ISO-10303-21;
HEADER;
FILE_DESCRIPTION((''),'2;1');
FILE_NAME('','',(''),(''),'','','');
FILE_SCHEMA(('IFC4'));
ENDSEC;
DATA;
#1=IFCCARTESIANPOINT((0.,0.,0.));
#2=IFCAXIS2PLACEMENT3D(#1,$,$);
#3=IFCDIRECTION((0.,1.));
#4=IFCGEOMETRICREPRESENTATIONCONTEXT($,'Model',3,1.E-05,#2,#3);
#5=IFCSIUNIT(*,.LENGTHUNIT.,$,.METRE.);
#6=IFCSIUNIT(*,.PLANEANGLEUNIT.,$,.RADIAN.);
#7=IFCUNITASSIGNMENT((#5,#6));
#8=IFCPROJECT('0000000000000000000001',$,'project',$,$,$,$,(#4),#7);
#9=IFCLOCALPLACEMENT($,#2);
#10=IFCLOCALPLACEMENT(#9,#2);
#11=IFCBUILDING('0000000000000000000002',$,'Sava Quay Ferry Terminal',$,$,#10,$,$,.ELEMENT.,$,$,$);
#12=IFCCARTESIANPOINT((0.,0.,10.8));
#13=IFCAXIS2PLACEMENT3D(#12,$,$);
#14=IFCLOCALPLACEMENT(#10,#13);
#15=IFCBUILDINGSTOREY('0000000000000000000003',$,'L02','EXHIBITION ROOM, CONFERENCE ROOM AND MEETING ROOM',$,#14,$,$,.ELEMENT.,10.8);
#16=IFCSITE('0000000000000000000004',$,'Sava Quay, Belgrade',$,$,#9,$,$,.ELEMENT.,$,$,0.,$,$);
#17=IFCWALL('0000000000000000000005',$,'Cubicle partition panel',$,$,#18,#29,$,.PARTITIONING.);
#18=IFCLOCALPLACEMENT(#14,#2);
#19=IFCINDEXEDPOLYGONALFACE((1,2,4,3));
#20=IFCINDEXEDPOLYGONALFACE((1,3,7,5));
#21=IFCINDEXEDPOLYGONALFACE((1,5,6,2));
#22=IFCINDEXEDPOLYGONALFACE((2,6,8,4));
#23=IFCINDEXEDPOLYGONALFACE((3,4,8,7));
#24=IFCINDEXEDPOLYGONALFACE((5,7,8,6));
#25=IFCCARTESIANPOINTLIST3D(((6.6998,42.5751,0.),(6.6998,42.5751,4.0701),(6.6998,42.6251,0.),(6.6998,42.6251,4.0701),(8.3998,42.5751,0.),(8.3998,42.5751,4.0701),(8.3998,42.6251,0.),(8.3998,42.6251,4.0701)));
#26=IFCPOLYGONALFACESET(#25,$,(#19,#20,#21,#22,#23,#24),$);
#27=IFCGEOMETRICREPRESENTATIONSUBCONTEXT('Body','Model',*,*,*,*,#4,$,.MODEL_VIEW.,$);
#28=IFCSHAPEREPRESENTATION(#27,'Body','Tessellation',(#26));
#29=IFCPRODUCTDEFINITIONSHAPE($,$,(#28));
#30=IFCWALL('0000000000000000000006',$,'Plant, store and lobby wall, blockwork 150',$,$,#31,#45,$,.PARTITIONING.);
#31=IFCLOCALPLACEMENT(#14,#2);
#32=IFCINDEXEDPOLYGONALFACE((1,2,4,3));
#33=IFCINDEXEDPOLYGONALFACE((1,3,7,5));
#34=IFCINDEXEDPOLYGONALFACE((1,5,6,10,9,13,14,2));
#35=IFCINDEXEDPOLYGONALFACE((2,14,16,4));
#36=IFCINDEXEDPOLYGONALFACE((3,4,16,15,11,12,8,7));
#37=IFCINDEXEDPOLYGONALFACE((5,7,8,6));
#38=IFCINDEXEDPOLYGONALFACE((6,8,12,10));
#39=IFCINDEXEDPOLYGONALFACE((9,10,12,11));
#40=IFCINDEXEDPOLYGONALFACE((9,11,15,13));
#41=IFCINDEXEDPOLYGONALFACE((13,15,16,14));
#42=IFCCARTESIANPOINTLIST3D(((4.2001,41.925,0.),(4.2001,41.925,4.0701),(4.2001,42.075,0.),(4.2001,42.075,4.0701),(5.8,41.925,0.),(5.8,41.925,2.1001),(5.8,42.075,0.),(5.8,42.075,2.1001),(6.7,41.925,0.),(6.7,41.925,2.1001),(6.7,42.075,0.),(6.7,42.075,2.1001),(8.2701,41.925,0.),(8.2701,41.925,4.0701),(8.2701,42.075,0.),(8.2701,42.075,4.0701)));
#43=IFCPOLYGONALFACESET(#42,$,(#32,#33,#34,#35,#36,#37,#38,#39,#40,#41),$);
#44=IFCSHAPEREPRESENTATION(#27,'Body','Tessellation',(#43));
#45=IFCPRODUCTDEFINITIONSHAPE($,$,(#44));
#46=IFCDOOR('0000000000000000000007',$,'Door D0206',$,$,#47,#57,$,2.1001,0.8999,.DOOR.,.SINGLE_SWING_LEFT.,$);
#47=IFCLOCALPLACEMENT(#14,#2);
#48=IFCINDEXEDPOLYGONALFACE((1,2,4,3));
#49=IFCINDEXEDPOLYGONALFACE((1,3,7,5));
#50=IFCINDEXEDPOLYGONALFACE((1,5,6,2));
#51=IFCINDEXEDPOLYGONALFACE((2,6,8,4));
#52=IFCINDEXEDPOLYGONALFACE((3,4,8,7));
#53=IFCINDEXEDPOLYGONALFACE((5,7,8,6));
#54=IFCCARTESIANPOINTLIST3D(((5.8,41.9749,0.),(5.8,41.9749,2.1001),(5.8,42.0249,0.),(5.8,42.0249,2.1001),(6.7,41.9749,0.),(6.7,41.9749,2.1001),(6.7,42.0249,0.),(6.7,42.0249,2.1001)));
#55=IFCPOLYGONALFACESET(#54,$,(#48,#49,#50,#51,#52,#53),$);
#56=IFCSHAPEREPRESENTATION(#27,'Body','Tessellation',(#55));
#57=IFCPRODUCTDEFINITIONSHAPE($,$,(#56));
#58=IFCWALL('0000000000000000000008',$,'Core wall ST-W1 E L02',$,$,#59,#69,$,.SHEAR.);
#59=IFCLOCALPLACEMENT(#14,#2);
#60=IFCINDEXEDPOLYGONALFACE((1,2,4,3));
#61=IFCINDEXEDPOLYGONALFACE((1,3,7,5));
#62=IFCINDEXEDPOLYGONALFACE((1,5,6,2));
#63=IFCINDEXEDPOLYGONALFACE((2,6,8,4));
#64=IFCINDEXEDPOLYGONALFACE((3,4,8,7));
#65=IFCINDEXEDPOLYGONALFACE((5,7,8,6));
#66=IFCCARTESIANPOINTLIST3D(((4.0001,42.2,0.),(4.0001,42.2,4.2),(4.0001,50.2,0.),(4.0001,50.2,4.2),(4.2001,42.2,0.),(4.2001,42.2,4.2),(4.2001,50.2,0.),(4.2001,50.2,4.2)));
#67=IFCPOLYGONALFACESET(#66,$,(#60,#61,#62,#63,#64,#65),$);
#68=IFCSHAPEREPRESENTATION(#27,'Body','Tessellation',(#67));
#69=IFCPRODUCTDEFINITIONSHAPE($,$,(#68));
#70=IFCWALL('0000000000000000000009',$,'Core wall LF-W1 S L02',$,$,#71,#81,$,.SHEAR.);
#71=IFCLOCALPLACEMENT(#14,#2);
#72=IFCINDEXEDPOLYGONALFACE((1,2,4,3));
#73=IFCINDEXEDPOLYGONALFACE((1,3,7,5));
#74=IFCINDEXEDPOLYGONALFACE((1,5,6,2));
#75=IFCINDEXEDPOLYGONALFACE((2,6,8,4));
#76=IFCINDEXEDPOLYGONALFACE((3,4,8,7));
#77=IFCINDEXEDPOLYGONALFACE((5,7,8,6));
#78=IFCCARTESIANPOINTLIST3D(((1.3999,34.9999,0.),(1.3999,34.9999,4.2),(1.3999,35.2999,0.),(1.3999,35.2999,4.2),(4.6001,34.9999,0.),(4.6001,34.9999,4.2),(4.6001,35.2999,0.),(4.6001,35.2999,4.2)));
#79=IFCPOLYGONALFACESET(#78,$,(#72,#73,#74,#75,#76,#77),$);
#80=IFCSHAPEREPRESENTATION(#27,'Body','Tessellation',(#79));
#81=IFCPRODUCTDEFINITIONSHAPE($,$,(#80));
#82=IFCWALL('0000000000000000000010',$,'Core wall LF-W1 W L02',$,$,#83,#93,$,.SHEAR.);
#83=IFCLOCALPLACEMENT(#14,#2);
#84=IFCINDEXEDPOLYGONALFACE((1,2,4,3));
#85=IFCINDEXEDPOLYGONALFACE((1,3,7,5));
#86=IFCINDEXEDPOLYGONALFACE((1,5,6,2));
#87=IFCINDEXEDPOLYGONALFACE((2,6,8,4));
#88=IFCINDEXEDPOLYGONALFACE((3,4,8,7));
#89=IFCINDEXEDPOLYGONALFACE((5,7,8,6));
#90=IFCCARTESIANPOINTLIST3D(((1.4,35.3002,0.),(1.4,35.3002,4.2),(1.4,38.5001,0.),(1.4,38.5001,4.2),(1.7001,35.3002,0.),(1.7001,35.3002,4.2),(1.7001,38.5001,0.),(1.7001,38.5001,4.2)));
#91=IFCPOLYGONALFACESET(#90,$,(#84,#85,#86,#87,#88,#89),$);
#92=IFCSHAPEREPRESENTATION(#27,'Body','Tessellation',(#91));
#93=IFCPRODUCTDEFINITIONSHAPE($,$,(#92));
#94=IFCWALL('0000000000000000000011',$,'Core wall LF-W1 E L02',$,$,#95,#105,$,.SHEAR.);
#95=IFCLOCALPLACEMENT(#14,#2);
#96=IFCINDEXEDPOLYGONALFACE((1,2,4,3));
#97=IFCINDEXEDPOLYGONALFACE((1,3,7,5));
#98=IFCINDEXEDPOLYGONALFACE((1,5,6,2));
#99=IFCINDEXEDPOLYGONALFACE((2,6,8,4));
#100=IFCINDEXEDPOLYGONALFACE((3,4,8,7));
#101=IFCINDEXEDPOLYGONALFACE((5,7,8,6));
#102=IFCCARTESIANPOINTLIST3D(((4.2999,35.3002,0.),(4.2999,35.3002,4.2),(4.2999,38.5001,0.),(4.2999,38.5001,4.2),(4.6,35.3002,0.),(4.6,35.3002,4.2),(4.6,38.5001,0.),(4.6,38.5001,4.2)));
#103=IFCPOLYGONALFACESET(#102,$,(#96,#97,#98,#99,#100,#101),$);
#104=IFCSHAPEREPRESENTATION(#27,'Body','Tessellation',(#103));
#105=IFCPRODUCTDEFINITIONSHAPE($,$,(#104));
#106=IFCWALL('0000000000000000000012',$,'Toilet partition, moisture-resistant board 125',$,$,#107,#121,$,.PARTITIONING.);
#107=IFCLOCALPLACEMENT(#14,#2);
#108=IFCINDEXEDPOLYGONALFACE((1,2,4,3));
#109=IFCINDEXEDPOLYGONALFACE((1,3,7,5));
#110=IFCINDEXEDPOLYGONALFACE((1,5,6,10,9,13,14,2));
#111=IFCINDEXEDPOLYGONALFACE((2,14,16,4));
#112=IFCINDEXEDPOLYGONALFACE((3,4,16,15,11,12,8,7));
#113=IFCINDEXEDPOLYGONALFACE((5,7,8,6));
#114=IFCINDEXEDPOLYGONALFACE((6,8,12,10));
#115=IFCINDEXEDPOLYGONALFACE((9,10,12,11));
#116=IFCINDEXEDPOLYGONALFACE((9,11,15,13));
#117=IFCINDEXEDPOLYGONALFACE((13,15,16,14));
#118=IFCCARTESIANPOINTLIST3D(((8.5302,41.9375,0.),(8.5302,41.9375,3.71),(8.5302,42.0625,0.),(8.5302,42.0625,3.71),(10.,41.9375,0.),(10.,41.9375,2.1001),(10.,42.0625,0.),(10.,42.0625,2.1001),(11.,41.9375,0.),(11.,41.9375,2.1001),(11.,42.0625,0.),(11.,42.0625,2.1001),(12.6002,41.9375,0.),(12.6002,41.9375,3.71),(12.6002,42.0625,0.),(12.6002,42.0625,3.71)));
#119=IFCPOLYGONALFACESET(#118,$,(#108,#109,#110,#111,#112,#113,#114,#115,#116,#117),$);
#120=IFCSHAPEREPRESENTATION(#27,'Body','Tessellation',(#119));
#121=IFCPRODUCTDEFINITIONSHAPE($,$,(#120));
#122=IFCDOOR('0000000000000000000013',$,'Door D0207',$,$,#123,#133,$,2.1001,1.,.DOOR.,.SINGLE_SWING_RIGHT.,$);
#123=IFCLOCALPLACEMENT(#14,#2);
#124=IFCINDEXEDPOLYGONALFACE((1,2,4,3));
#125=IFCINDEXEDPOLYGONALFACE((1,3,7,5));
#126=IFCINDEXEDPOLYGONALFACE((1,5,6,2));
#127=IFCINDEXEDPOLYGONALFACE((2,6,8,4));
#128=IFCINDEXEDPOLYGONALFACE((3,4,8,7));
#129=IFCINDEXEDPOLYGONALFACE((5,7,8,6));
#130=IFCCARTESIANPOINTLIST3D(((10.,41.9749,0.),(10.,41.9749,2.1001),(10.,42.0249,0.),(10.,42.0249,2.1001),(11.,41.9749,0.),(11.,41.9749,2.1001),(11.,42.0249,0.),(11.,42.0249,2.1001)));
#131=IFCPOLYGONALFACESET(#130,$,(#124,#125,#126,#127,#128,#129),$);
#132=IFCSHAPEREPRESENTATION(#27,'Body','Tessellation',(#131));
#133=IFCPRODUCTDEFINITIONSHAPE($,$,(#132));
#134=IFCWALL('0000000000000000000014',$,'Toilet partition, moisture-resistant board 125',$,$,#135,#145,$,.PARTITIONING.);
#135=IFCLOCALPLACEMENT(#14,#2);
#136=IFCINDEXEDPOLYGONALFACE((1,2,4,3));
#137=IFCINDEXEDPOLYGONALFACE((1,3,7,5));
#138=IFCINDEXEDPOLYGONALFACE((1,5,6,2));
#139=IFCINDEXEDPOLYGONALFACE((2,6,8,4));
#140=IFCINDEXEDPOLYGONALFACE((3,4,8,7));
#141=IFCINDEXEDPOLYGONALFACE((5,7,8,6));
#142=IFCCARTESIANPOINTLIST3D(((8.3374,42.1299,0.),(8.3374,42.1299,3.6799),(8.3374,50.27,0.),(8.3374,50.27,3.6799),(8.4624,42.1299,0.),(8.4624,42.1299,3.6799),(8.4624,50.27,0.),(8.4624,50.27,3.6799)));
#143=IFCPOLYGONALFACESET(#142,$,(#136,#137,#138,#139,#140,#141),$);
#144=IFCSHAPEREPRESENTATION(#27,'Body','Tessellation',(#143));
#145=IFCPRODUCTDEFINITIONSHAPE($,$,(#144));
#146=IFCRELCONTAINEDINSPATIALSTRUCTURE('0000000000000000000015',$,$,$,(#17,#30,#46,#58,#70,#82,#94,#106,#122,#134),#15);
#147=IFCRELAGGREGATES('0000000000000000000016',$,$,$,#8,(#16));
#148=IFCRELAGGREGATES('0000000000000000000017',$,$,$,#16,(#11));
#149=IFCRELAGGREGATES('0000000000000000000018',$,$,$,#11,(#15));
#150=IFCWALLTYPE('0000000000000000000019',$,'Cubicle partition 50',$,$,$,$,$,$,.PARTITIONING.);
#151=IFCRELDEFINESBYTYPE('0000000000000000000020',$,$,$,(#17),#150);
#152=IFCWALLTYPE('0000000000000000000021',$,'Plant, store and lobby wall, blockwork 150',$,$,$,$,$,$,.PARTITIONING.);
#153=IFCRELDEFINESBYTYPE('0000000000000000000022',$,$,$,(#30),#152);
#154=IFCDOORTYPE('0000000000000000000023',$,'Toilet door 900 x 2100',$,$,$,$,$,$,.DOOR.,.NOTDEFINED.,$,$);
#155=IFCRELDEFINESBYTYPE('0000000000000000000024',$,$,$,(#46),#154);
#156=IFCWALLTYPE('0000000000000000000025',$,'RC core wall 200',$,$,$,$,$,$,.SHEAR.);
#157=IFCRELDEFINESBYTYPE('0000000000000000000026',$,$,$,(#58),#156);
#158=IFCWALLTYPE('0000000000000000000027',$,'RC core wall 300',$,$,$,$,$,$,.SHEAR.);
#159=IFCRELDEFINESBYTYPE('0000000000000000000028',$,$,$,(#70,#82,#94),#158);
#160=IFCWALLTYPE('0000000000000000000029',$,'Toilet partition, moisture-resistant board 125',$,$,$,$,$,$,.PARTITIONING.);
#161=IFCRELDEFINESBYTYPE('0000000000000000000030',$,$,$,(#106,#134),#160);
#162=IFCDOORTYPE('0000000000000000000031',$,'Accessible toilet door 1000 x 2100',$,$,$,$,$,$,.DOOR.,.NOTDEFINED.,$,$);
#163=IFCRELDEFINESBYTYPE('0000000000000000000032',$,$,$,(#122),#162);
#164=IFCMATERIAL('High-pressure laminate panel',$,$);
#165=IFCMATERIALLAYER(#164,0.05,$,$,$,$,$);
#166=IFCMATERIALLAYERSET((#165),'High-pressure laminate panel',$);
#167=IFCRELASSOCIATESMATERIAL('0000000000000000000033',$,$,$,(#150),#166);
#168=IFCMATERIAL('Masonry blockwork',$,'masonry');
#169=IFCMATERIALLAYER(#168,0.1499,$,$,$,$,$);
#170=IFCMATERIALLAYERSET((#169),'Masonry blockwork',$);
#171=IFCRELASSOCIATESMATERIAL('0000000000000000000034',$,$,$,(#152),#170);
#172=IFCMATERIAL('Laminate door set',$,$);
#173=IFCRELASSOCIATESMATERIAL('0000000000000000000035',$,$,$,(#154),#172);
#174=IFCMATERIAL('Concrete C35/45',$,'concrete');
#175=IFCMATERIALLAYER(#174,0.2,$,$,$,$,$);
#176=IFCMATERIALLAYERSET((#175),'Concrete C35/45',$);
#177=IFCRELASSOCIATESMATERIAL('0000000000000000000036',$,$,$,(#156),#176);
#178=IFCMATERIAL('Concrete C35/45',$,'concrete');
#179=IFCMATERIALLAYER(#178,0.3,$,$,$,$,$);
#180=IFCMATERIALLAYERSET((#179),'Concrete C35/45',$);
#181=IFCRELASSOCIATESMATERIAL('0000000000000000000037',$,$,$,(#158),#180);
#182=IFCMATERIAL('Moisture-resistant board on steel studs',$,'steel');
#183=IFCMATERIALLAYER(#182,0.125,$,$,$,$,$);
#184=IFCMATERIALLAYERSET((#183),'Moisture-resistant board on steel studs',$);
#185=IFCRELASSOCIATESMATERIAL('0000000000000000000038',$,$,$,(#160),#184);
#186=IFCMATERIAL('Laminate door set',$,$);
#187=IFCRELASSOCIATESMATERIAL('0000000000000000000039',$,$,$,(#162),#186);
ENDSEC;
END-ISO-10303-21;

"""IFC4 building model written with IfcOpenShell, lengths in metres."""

from ifc_helpers import new_model, si_unit, direction, frame, frame_2d, origin, place, context, subcontext, project, spatial, rectangle, extrude, material, layer, layer_set, type_object, element, fill, save


model = new_model("IFC4")

# Units and contexts
model_context = context("Model", 3, precision=1e-05, world=origin(), true_north=direction((0.0, 1.0)))
body_context = subcontext(model_context, "Body", "Model", "MODEL_VIEW")
ifc_project = project(units=[si_unit("LENGTHUNIT", "METRE"), si_unit("PLANEANGLEUNIT", "RADIAN")], contexts=[model_context])

# Site, building, storey
site_placement = place(None, origin())
site = spatial("IfcSite", under=ifc_project, at=site_placement, Name="Sava Quay, Belgrade", CompositionType="ELEMENT", RefElevation=0.0)
building_placement = place(site_placement, origin())
building = spatial("IfcBuilding", under=site, at=building_placement, Name="Sava Quay Ferry Terminal", CompositionType="ELEMENT")
storey_placement = place(building_placement, frame((0.0, 0.0, 10.8)))
storey = spatial("IfcBuildingStorey", under=building, at=storey_placement, Name="L02", Description="EXHIBITION ROOM, CONFERENCE ROOM AND MEETING ROOM", CompositionType="ELEMENT", Elevation=10.8)

# Shared definitions
ifc_material_1 = material(Name="High-pressure laminate panel")
ifc_layer_1 = layer(ifc_material_1, 0.05)
ifc_layer_set_1 = layer_set([ifc_layer_1], Name="High-pressure laminate panel")
wall_type_1 = type_object("IfcWallType", Name="Cubicle partition 50", PredefinedType="PARTITIONING", material=ifc_layer_set_1)

# Wall
wall_1_placement = place(storey_placement, frame((8.3999, 42.6001, 0.0), z_axis=(0.0, 0.0, 1.0), x_axis=(-1.0, 0.0, 0.0)))
element("IfcWall", 1, at=wall_1_placement, inside=storey, type_object=wall_type_1, Name="Cubicle partition panel", PredefinedType="PARTITIONING", context=body_context, shape_type="SweptSolid", body=[
    extrude(rectangle(XDim=1.7, YDim=0.05, at=frame_2d((0.8501, 0.0))), origin(), (0.0, 0.0, 1.0), 4.0701),
])

# Wall, opening, door
ifc_material_2 = material(Name="Masonry blockwork", Category="masonry")
ifc_layer_2 = layer(ifc_material_2, 0.1499)
ifc_layer_set_2 = layer_set([ifc_layer_2], Name="Masonry blockwork")
wall_type_2 = type_object("IfcWallType", Name="Plant, store and lobby wall, blockwork 150", PredefinedType="PARTITIONING", material=ifc_layer_set_2)
wall_2_placement = place(storey_placement, frame((4.2, 42.0, 0.0), z_axis=(0.0, 0.0, 1.0), x_axis=(1.0, 0.0, 0.0)))
wall_2 = element("IfcWall", 2, at=wall_2_placement, inside=storey, type_object=wall_type_2, Name="Plant, store and lobby wall, blockwork 150", PredefinedType="PARTITIONING", context=body_context, shape_type="SweptSolid", body=[
    extrude(rectangle(XDim=4.0701, YDim=0.1499, at=frame_2d((2.0352, 0.0))), origin(), (0.0, 0.0, 1.0), 4.0701),
])
opening_1_placement = place(wall_2_placement, frame((1.6001, 0.0, 0.0)))
opening_1 = element("IfcOpeningElement", 3, at=opening_1_placement, cuts=wall_2, PredefinedType="OPENING", context=body_context, shape_type="SweptSolid", body=[
    extrude(rectangle(XDim=0.8999, YDim=2.1001, at=frame_2d((0.45, 1.05))), frame((0.0, 0.075, 0.0), z_axis=(0.0, -1.0, 0.0), x_axis=(1.0, 0.0, 0.0)), (0.0, 0.0, 1.0), 0.1499),
])
ifc_material_3 = material(Name="Laminate door set")
door_type_1 = type_object("IfcDoorType", Name="Toilet door 900 x 2100", OperationType="NOTDEFINED", PredefinedType="DOOR", material=ifc_material_3)
door_1_placement = place(opening_1_placement, origin())
door_1 = element("IfcDoor", 4, at=door_1_placement, inside=storey, type_object=door_type_1, Name="Door D0206", OperationType="SINGLE_SWING_LEFT", OverallHeight=2.1001, OverallWidth=0.8999, PredefinedType="DOOR", context=body_context, shape_type="SweptSolid", body=[
    extrude(rectangle(XDim=0.8999, YDim=2.1001, at=frame_2d((0.45, 1.05))), frame((0.0, 0.0249, 0.0), z_axis=(0.0, -1.0, 0.0), x_axis=(1.0, 0.0, 0.0)), (0.0, 0.0, 1.0), 0.05),
])
fill(opening_1, door_1)

# Walls
ifc_material_4 = material(Name="Concrete C35/45", Category="concrete")
ifc_layer_3 = layer(ifc_material_4, 0.2)
ifc_layer_set_3 = layer_set([ifc_layer_3], Name="Concrete C35/45")
wall_type_3 = type_object("IfcWallType", Name="RC core wall 200", PredefinedType="SHEAR", material=ifc_layer_set_3)
wall_3_placement = place(storey_placement, frame((4.1001, 42.2, 0.0), z_axis=(0.0, 0.0, 1.0), x_axis=(0.0, 1.0, 0.0)))
element("IfcWall", 5, at=wall_3_placement, inside=storey, type_object=wall_type_3, Name="Core wall ST-W1 E L02", PredefinedType="SHEAR", context=body_context, shape_type="SweptSolid", body=[
    extrude(rectangle(XDim=8.0, YDim=0.2, at=frame_2d((4.0, 0.0))), origin(), (0.0, 0.0, 1.0), 4.2),
])
ifc_material_5 = material(Name="Concrete C35/45", Category="concrete")
ifc_layer_4 = layer(ifc_material_5, 0.3)
ifc_layer_set_4 = layer_set([ifc_layer_4], Name="Concrete C35/45")
wall_type_4 = type_object("IfcWallType", Name="RC core wall 300", PredefinedType="SHEAR", material=ifc_layer_set_4)
wall_4_placement = place(storey_placement, frame((1.3999, 35.1499, 0.0), z_axis=(0.0, 0.0, 1.0), x_axis=(1.0, 0.0, 0.0)))
element("IfcWall", 6, at=wall_4_placement, inside=storey, type_object=wall_type_4, Name="Core wall LF-W1 S L02", PredefinedType="SHEAR", context=body_context, shape_type="SweptSolid", body=[
    extrude(rectangle(XDim=3.2002, YDim=0.3, at=frame_2d((1.6001, 0.0))), origin(), (0.0, 0.0, 1.0), 4.2),
])

# Walls
for number, where, z_axis, x_axis, name in (
    (7, (1.55, 35.3, 0.0), (0.0, 0.0, 1.0), (0.0, 1.0, 0.0), "Core wall LF-W1 W L02"),
    (8, (4.45, 35.3, 0.0), (0.0, 0.0, 1.0), (0.0, 1.0, 0.0), "Core wall LF-W1 E L02"),
):
    element("IfcWall", number, at=place(storey_placement, frame(where, z_axis=z_axis, x_axis=x_axis)), inside=storey, type_object=wall_type_4, Name=name, PredefinedType="SHEAR", context=body_context, shape_type="SweptSolid", body=[
        extrude(rectangle(XDim=3.2, YDim=0.3, at=frame_2d((1.6001, 0.0))), origin(), (0.0, 0.0, 1.0), 4.2),
    ])

# Wall, opening, door
ifc_material_6 = material(Name="Moisture-resistant board on steel studs", Category="steel")
ifc_layer_5 = layer(ifc_material_6, 0.125)
ifc_layer_set_5 = layer_set([ifc_layer_5], Name="Moisture-resistant board on steel studs")
wall_type_5 = type_object("IfcWallType", Name="Toilet partition, moisture-resistant board 125", PredefinedType="PARTITIONING", material=ifc_layer_set_5)
wall_5_placement = place(storey_placement, frame((8.53, 42.0, 0.0), z_axis=(0.0, 0.0, 1.0), x_axis=(1.0, 0.0, 0.0)))
wall_5 = element("IfcWall", 9, at=wall_5_placement, inside=storey, type_object=wall_type_5, Name="Toilet partition, moisture-resistant board 125", PredefinedType="PARTITIONING", context=body_context, shape_type="SweptSolid", body=[
    extrude(rectangle(XDim=4.0701, YDim=0.125, at=frame_2d((2.0352, 0.0))), origin(), (0.0, 0.0, 1.0), 3.71),
])
opening_2_placement = place(wall_5_placement, frame((1.47, 0.0, 0.0)))
opening_2 = element("IfcOpeningElement", 10, at=opening_2_placement, cuts=wall_5, PredefinedType="OPENING", context=body_context, shape_type="SweptSolid", body=[
    extrude(rectangle(XDim=1.0, YDim=2.1001, at=frame_2d((0.5, 1.05))), frame((0.0, 0.0625, 0.0), z_axis=(0.0, -1.0, 0.0), x_axis=(1.0, 0.0, 0.0)), (0.0, 0.0, 1.0), 0.125),
])
ifc_material_7 = material(Name="Laminate door set")
door_type_2 = type_object("IfcDoorType", Name="Accessible toilet door 1000 x 2100", OperationType="NOTDEFINED", PredefinedType="DOOR", material=ifc_material_7)
door_2_placement = place(opening_2_placement, origin())
door_2 = element("IfcDoor", 11, at=door_2_placement, inside=storey, type_object=door_type_2, Name="Door D0207", OperationType="SINGLE_SWING_RIGHT", OverallHeight=2.1001, OverallWidth=1.0, PredefinedType="DOOR", context=body_context, shape_type="SweptSolid", body=[
    extrude(rectangle(XDim=1.0, YDim=2.1001, at=frame_2d((0.5, 1.05))), frame((0.0, 0.0249, 0.0), z_axis=(0.0, -1.0, 0.0), x_axis=(1.0, 0.0, 0.0)), (0.0, 0.0, 1.0), 0.05),
])
fill(opening_2, door_2)

# Wall
wall_6_placement = place(storey_placement, frame((8.3999, 42.1299, 0.0), z_axis=(0.0, 0.0, 1.0), x_axis=(0.0, 1.0, 0.0)))
element("IfcWall", 12, at=wall_6_placement, inside=storey, type_object=wall_type_5, Name="Toilet partition, moisture-resistant board 125", PredefinedType="PARTITIONING", context=body_context, shape_type="SweptSolid", body=[
    extrude(rectangle(XDim=8.1401, YDim=0.125, at=frame_2d((4.0701, 0.0))), origin(), (0.0, 0.0, 1.0), 3.6799),
])

save(model, "model.ifc")
